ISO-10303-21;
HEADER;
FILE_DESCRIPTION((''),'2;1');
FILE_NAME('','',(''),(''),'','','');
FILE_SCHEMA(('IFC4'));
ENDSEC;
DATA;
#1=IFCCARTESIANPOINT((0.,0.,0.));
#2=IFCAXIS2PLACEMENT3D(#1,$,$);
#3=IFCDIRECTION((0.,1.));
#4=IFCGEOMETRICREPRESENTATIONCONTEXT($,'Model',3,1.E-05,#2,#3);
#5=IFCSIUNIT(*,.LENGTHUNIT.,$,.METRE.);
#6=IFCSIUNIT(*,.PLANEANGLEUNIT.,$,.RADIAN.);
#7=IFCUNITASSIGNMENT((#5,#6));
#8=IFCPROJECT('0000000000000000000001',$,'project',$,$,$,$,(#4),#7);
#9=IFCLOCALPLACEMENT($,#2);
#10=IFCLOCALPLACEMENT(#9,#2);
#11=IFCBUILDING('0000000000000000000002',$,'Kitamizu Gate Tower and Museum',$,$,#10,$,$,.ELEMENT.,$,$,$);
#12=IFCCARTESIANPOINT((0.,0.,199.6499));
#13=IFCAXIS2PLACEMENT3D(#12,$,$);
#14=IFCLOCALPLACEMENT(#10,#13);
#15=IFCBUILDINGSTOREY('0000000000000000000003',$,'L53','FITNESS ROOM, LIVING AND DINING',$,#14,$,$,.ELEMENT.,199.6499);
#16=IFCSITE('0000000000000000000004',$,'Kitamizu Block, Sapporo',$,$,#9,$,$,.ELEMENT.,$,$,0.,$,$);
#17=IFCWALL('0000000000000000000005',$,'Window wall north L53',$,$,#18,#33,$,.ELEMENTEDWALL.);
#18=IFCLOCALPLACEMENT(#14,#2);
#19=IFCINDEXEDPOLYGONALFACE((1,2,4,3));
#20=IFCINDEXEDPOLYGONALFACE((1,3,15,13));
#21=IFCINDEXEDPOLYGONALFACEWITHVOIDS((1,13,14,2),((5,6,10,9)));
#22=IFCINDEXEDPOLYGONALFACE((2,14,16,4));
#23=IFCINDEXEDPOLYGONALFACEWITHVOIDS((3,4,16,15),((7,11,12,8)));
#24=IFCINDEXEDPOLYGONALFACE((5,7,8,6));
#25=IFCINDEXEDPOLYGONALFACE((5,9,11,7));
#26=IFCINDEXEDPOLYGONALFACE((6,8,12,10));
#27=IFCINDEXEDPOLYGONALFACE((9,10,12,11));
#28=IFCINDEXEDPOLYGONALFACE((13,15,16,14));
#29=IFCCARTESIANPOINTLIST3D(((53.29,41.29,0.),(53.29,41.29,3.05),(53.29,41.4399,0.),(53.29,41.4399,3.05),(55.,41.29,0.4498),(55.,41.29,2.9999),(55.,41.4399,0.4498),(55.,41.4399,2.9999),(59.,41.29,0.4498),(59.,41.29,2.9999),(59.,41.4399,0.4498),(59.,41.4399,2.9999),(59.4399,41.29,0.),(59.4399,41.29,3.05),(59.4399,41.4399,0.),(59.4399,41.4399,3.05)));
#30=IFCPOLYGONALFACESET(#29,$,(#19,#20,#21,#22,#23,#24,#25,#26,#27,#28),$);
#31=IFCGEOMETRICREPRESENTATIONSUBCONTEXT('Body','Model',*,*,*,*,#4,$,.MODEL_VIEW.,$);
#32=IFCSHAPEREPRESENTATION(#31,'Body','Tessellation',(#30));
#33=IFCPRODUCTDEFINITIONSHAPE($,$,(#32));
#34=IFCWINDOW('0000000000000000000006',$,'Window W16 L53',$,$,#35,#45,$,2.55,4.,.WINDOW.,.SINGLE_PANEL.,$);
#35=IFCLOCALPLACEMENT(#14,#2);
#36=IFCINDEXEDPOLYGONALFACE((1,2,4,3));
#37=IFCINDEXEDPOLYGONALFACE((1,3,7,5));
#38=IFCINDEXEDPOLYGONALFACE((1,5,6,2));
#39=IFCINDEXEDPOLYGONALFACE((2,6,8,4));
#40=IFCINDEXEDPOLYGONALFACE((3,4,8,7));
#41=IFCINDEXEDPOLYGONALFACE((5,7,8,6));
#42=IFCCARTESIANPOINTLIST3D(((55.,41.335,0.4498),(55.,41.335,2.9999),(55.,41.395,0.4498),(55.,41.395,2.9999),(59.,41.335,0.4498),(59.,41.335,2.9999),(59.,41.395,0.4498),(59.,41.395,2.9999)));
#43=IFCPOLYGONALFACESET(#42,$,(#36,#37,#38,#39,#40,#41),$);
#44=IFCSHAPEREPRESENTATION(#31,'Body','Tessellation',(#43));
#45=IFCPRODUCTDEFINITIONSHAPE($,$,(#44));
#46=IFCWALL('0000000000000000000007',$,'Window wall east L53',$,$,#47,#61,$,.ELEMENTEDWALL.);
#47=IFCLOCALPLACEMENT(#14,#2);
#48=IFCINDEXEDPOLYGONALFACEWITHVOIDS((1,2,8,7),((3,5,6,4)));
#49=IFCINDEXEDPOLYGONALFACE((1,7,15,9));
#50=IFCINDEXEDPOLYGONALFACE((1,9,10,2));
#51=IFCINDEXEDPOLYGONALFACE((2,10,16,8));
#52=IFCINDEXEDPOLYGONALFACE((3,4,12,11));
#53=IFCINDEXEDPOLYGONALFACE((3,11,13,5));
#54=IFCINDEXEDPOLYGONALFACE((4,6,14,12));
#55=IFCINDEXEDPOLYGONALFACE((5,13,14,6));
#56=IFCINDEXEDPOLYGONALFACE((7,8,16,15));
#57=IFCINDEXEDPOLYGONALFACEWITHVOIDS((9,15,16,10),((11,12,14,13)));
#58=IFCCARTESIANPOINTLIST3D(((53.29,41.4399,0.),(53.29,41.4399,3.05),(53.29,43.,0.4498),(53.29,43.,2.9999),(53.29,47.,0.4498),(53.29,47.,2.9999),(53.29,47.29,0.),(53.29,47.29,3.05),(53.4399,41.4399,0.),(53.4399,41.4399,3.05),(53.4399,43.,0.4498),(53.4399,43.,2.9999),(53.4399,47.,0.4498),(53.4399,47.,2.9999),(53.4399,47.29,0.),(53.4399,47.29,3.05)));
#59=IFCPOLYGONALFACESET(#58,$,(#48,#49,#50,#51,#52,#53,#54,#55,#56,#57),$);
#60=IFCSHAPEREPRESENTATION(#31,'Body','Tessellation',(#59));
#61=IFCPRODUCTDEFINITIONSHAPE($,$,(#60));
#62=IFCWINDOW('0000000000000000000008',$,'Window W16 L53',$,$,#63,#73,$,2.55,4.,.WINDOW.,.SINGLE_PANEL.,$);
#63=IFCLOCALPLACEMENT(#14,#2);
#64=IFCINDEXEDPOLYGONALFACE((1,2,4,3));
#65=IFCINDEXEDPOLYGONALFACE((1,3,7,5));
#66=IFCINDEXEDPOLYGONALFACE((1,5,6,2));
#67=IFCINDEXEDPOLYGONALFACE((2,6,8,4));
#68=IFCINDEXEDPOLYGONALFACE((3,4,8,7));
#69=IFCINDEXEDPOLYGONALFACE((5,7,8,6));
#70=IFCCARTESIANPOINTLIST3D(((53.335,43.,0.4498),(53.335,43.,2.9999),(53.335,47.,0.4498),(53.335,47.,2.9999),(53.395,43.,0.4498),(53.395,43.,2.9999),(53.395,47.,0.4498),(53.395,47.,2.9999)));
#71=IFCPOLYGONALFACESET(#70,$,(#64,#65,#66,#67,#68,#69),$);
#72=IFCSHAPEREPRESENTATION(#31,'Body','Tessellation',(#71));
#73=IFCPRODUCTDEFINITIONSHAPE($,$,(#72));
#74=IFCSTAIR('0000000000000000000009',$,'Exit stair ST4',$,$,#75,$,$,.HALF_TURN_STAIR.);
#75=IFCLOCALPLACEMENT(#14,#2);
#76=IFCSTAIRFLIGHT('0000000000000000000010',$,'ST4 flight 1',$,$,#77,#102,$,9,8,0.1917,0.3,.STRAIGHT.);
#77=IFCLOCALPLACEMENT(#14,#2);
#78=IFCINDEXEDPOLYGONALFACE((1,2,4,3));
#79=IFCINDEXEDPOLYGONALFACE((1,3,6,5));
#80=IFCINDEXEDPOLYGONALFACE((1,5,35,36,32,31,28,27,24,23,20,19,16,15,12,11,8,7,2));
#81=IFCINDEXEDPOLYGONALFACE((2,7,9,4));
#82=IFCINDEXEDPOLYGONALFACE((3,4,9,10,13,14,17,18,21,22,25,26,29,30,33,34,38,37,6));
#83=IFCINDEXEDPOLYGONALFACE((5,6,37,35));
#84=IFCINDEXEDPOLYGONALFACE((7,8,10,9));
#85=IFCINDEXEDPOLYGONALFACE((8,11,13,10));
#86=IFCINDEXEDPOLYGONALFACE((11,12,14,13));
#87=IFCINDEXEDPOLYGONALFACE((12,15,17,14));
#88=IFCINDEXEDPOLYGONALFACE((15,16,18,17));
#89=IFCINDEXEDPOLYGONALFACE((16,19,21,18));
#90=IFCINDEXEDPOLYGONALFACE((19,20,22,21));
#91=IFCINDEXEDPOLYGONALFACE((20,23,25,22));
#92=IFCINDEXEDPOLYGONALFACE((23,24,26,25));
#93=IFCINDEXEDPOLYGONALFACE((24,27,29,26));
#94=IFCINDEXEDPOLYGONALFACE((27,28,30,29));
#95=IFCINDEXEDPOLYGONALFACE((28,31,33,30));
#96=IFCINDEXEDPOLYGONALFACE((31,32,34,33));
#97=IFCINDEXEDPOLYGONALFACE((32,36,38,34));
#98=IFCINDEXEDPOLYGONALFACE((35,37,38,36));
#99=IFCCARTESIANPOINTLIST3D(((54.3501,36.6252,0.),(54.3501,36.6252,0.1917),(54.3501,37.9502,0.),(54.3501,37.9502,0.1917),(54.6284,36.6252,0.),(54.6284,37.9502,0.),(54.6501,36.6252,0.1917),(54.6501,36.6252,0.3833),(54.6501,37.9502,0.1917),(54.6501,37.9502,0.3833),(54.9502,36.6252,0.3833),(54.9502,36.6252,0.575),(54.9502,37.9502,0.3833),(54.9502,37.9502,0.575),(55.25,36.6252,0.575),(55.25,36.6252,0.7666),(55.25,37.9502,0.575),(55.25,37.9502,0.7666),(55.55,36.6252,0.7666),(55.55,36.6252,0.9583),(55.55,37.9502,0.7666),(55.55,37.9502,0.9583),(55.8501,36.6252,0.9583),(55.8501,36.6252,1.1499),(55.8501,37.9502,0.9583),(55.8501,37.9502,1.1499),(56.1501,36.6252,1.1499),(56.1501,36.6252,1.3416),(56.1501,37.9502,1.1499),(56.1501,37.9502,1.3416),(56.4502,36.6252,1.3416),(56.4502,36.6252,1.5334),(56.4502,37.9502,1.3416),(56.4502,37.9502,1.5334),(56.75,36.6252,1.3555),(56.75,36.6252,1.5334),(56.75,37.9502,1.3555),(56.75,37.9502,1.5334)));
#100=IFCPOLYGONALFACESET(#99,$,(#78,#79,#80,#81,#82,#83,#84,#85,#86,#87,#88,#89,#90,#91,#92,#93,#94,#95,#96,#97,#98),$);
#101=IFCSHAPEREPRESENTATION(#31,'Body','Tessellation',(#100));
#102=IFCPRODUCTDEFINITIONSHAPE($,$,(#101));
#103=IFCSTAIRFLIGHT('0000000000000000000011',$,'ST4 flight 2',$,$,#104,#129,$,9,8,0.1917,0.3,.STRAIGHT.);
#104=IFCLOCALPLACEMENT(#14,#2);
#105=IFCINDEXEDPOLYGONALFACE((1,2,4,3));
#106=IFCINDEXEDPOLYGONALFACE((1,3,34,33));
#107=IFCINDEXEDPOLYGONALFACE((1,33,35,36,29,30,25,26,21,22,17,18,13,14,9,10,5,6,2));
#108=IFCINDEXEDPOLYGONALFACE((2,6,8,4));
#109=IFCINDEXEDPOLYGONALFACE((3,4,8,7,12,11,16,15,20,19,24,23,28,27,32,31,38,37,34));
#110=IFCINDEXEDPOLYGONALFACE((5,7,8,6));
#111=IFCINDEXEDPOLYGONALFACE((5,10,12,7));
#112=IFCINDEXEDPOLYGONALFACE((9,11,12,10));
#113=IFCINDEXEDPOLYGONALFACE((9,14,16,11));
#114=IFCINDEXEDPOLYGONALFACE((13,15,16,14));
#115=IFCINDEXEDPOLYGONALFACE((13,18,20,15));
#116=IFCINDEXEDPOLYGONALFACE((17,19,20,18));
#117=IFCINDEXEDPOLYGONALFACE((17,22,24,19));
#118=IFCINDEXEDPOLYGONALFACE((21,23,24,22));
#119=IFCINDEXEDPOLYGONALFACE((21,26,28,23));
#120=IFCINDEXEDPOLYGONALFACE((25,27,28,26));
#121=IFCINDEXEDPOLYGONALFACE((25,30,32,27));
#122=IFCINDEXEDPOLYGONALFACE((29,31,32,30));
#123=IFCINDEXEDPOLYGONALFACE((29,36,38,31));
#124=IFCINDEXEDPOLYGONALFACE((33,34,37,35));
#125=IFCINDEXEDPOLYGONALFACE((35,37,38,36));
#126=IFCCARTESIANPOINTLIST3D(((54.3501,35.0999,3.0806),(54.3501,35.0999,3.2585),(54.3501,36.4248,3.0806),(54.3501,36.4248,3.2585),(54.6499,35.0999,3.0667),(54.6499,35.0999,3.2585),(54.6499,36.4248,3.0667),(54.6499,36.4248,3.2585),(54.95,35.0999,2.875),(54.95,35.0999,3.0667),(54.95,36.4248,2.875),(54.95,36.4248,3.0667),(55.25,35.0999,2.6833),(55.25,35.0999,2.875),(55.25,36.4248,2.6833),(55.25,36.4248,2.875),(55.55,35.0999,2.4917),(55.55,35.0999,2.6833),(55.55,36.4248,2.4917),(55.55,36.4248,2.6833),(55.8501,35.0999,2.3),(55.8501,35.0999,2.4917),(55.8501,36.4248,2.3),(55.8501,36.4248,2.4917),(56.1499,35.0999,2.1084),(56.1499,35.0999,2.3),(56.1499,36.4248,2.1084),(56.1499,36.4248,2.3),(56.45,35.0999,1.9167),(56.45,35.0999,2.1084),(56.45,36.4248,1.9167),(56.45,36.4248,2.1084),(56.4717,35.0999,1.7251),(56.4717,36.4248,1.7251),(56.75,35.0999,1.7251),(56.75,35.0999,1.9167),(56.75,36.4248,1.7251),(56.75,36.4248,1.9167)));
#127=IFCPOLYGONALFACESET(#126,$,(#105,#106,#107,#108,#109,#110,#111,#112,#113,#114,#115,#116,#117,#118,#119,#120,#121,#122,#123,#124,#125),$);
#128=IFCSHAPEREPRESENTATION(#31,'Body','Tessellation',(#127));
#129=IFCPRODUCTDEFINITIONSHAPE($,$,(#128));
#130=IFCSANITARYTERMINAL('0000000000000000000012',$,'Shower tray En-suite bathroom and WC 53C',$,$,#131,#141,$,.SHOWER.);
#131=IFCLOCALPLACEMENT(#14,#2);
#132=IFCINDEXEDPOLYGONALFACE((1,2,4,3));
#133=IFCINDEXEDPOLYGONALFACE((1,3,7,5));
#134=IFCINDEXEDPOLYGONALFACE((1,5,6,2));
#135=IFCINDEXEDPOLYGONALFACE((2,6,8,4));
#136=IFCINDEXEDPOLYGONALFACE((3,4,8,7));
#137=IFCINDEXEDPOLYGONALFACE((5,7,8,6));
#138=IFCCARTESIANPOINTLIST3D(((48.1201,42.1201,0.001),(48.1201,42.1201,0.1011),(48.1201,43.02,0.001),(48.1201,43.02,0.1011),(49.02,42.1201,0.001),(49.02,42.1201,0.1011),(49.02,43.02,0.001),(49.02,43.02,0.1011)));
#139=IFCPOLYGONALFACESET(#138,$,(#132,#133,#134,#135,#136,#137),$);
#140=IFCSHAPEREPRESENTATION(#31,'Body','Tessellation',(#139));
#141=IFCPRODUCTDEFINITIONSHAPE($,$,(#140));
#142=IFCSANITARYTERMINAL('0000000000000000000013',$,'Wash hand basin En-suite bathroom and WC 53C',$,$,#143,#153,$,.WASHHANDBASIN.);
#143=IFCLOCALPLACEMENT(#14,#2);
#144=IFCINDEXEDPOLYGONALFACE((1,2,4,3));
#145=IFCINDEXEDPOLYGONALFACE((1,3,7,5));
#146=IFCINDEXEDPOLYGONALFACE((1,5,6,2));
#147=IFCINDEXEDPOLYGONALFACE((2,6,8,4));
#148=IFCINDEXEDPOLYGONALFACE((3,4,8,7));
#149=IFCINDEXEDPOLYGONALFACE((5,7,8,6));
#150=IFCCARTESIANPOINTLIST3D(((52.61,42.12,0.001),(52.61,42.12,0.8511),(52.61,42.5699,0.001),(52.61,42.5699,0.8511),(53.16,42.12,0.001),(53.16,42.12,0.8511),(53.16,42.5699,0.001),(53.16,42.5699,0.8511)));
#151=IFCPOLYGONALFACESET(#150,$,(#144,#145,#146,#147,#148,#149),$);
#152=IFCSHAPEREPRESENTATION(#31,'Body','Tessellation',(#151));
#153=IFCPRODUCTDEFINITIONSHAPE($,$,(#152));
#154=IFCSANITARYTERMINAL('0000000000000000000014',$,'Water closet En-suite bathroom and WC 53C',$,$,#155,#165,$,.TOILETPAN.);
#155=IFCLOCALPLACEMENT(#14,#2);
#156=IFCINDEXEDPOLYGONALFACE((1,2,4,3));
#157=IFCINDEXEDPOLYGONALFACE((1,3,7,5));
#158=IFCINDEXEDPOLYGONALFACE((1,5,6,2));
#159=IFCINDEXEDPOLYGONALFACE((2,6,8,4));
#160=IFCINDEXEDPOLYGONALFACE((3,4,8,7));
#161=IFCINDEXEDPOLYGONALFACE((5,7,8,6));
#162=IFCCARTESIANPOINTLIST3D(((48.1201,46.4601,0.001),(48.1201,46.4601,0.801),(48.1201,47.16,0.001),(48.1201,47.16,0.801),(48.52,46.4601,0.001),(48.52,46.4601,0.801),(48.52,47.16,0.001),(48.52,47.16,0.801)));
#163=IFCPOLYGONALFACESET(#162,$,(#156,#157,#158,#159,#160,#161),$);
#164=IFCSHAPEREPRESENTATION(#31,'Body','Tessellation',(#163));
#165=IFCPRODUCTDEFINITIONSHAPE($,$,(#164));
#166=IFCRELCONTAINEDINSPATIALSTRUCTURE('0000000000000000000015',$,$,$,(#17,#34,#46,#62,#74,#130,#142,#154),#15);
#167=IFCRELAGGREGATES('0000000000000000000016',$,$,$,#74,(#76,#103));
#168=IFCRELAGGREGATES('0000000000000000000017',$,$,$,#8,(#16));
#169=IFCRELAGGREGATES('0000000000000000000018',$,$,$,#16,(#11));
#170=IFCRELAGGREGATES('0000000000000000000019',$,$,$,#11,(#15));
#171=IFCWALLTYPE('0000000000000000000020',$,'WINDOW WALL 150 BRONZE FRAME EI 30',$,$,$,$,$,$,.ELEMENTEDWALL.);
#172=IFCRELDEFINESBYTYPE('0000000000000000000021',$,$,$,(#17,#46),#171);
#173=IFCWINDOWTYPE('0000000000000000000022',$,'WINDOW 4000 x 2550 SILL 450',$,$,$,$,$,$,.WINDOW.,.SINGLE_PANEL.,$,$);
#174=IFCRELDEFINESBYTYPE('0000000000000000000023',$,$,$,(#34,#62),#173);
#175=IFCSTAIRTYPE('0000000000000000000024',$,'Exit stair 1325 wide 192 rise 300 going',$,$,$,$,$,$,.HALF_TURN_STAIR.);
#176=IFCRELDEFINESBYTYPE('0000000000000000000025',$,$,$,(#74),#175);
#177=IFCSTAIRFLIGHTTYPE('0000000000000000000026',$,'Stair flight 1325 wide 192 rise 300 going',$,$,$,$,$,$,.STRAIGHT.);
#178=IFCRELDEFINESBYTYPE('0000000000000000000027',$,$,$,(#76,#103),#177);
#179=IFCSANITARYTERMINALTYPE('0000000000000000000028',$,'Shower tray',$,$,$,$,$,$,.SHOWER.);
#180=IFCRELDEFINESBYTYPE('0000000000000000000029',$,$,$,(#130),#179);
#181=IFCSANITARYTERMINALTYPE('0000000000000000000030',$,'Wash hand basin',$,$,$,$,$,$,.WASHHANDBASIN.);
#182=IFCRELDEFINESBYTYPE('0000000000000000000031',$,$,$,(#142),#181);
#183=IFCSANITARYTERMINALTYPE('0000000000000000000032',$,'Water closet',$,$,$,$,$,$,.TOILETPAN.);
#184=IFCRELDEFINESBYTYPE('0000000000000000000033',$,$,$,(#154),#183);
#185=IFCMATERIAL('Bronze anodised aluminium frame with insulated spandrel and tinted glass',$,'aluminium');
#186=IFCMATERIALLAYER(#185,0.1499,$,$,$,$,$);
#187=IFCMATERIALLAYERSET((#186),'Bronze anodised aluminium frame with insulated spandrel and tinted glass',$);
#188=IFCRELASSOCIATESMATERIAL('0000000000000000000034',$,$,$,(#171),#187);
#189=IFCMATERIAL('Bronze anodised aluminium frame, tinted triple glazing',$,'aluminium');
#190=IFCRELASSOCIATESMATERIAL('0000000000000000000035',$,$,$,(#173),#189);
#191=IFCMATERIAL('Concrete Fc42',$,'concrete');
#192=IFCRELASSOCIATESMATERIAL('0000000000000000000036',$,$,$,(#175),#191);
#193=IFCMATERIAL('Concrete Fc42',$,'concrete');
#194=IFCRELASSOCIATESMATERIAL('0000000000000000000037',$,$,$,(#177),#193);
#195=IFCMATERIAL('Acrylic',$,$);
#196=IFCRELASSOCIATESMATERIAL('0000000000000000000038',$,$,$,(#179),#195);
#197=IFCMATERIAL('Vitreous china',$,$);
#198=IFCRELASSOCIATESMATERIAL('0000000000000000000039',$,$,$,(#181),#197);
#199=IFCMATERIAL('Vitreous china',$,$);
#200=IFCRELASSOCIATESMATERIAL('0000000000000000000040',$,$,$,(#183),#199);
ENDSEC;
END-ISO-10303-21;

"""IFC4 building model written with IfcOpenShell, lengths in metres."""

from ifc_helpers import new_model, si_unit, direction, frame, frame_2d, origin, origin_2d, place, context, subcontext, project, spatial, polyline, rectangle, outline, extrude, material, layer, layer_set, type_object, element, fill, aggregate, save


model = new_model("IFC4")

# Units and contexts
model_context = context("Model", 3, precision=1e-05, world=origin(), true_north=direction((0.0, 1.0)))
body_context = subcontext(model_context, "Body", "Model", "MODEL_VIEW")
ifc_project = project(units=[si_unit("LENGTHUNIT", "METRE"), si_unit("PLANEANGLEUNIT", "RADIAN")], contexts=[model_context])

# Site, building, storey
site_placement = place(None, origin())
site = spatial("IfcSite", under=ifc_project, at=site_placement, Name="Kitamizu Block, Sapporo", CompositionType="ELEMENT", RefElevation=0.0)
building_placement = place(site_placement, origin())
building = spatial("IfcBuilding", under=site, at=building_placement, Name="Kitamizu Gate Tower and Museum", CompositionType="ELEMENT")
storey_placement = place(building_placement, frame((0.0, 0.0, 199.6499)))
storey = spatial("IfcBuildingStorey", under=building, at=storey_placement, Name="L53", Description="FITNESS ROOM, LIVING AND DINING", CompositionType="ELEMENT", Elevation=199.6499)

# Shared definitions
ifc_material_1 = material(Name="Bronze anodised aluminium frame with insulated spandrel and tinted glass", Category="aluminium")
ifc_layer_1 = layer(ifc_material_1, 0.1499)
ifc_layer_set_1 = layer_set([ifc_layer_1], Name="Bronze anodised aluminium frame with insulated spandrel and tinted glass")
wall_type_1 = type_object("IfcWallType", Name="WINDOW WALL 150 BRONZE FRAME EI 30", PredefinedType="ELEMENTEDWALL", material=ifc_layer_set_1)

# Walls, openings, windows
wall_1_placement = place(storey_placement, frame((53.29, 41.365, 0.0), z_axis=(0.0, 0.0, 1.0), x_axis=(1.0, 0.0, 0.0)))
wall_1 = element("IfcWall", 1, at=wall_1_placement, inside=storey, type_object=wall_type_1, Name="Window wall north L53", PredefinedType="ELEMENTEDWALL", context=body_context, shape_type="SweptSolid", body=[
    extrude(rectangle(XDim=6.1499, YDim=0.1499, at=frame_2d((3.075, 0.0))), origin(), (0.0, 0.0, 1.0), 3.05),
])
opening_1_placement = place(wall_1_placement, frame((1.71, 0.0, 0.45)))
opening_1 = element("IfcOpeningElement", 2, at=opening_1_placement, cuts=wall_1, PredefinedType="OPENING", context=body_context, shape_type="SweptSolid", body=[
    extrude(rectangle(XDim=4.0, YDim=2.55, at=frame_2d((2.0, 1.2749))), frame((0.0, 0.085, 0.0), z_axis=(0.0, -1.0, 0.0), x_axis=(1.0, 0.0, 0.0)), (0.0, 0.0, 1.0), 0.1699),
])
ifc_material_2 = material(Name="Bronze anodised aluminium frame, tinted triple glazing", Category="aluminium")
window_type = type_object("IfcWindowType", Name="WINDOW 4000 x 2550 SILL 450", PartitioningType="SINGLE_PANEL", PredefinedType="WINDOW", material=ifc_material_2)
window_1_placement = place(opening_1_placement, origin())
window_1 = element("IfcWindow", 3, at=window_1_placement, inside=storey, type_object=window_type, Name="Window W16 L53", OverallHeight=2.55, OverallWidth=4.0, PartitioningType="SINGLE_PANEL", PredefinedType="WINDOW", context=body_context, shape_type="SweptSolid", body=[
    extrude(rectangle(XDim=4.0, YDim=2.55, at=frame_2d((2.0, 1.2749))), frame((0.0, 0.03, 0.0), z_axis=(0.0, -1.0, 0.0), x_axis=(1.0, 0.0, 0.0)), (0.0, 0.0, 1.0), 0.0601),
])
fill(opening_1, window_1)
wall_2_placement = place(storey_placement, frame((53.365, 41.4399, 0.0), z_axis=(0.0, 0.0, 1.0), x_axis=(0.0, 1.0, 0.0)))
wall_2 = element("IfcWall", 4, at=wall_2_placement, inside=storey, type_object=wall_type_1, Name="Window wall east L53", PredefinedType="ELEMENTEDWALL", context=body_context, shape_type="SweptSolid", body=[
    extrude(rectangle(XDim=5.8501, YDim=0.1499, at=frame_2d((2.925, 0.0))), origin(), (0.0, 0.0, 1.0), 3.05),
])
opening_2_placement = place(wall_2_placement, frame((1.5601, 0.0, 0.45)))
opening_2 = element("IfcOpeningElement", 5, at=opening_2_placement, cuts=wall_2, PredefinedType="OPENING", context=body_context, shape_type="SweptSolid", body=[
    extrude(rectangle(XDim=4.0, YDim=2.55, at=frame_2d((2.0, 1.2749))), frame((0.0, 0.085, 0.0), z_axis=(0.0, -1.0, 0.0), x_axis=(1.0, 0.0, 0.0)), (0.0, 0.0, 1.0), 0.1699),
])
window_2_placement = place(opening_2_placement, origin())
window_2 = element("IfcWindow", 6, at=window_2_placement, inside=storey, type_object=window_type, Name="Window W16 L53", OverallHeight=2.55, OverallWidth=4.0, PartitioningType="SINGLE_PANEL", PredefinedType="WINDOW", context=body_context, shape_type="SweptSolid", body=[
    extrude(rectangle(XDim=4.0, YDim=2.55, at=frame_2d((2.0, 1.2749))), frame((0.0, 0.03, 0.0), z_axis=(0.0, -1.0, 0.0), x_axis=(1.0, 0.0, 0.0)), (0.0, 0.0, 1.0), 0.0601),
])
fill(opening_2, window_2)

# Stair, stair flights
ifc_material_3 = material(Name="Concrete Fc42", Category="concrete")
stair_type = type_object("IfcStairType", Name="Exit stair 1325 wide 192 rise 300 going", PredefinedType="HALF_TURN_STAIR", material=ifc_material_3)
stair_placement = place(storey_placement, origin())
stair = element("IfcStair", 7, at=stair_placement, inside=storey, type_object=stair_type, Name="Exit stair ST4", PredefinedType="HALF_TURN_STAIR")
ifc_material_4 = material(Name="Concrete Fc42", Category="concrete")
stair_flight_type = type_object("IfcStairFlightType", Name="Stair flight 1325 wide 192 rise 300 going", PredefinedType="STRAIGHT", material=ifc_material_4)
stair_flight_1_placement = place(storey_placement, frame((54.3501, 37.2876, 0.0), z_axis=(0.0, 0.0, 1.0), x_axis=(1.0, 0.0, 0.0)))
stair_flight_1 = element("IfcStairFlight", 8, at=stair_flight_1_placement, type_object=stair_flight_type, Name="ST4 flight 1", NumberOfRisers=9, NumberOfTreads=8, PredefinedType="STRAIGHT", RiserHeight=0.1917, TreadLength=0.3, context=body_context, shape_type="SweptSolid", body=[
    extrude(outline(polyline([(0.0, 0.0), (0.0, 0.1917), (0.3, 0.1917), (0.3, 0.3833), (0.6001, 0.3833), (0.6001, 0.575), (0.8999, 0.575), (0.8999, 0.7666), (1.2, 0.7666), (1.2, 0.9583), (1.5, 0.9583), (1.5, 1.1499), (1.8, 1.1499), (1.8, 1.3416), (2.1001, 1.3416), (2.1001, 1.5334), (2.3999, 1.5334), (2.3999, 1.7251), (2.3999, 1.3555), (0.2783, 0.0), (0.0, 0.0)])), frame((0.0, 0.6626, 0.0), z_axis=(0.0, -1.0, 0.0), x_axis=(1.0, 0.0, 0.0)), (0.0, 0.0, 1.0), 1.325),
])
stair_flight_2_placement = place(storey_placement, frame((56.75, 35.7625, 1.7251), z_axis=(0.0, 0.0, 1.0), x_axis=(-1.0, 0.0, 0.0)))
stair_flight_2 = element("IfcStairFlight", 9, at=stair_flight_2_placement, type_object=stair_flight_type, Name="ST4 flight 2", NumberOfRisers=9, NumberOfTreads=8, PredefinedType="STRAIGHT", RiserHeight=0.1917, TreadLength=0.3, context=body_context, shape_type="SweptSolid", body=[
    extrude(outline(polyline([(0.0, 0.0), (0.0, 0.1917), (0.3, 0.1917), (0.3, 0.3833), (0.6001, 0.3833), (0.6001, 0.575), (0.8999, 0.575), (0.8999, 0.7666), (1.2, 0.7666), (1.2, 0.9583), (1.5, 0.9583), (1.5, 1.1499), (1.8, 1.1499), (1.8, 1.3416), (2.1001, 1.3416), (2.1001, 1.5334), (2.3999, 1.5334), (2.3999, 1.7251), (2.3999, 1.3555), (0.2783, 0.0), (0.0, 0.0)])), frame((0.0, 0.6626, 0.0), z_axis=(0.0, -1.0, 0.0), x_axis=(1.0, 0.0, 0.0)), (0.0, 0.0, 1.0), 1.325),
])
aggregate(stair, [stair_flight_1, stair_flight_2])

# Sanitary terminals
ifc_material_5 = material(Name="Acrylic")
sanitary_terminal_type_1 = type_object("IfcSanitaryTerminalType", Name="Shower tray", PredefinedType="SHOWER", material=ifc_material_5)
sanitary_terminal_1_placement = place(storey_placement, frame((48.5701, 42.5701, 0.001), z_axis=(0.0, 0.0, 1.0), x_axis=(1.0, 0.0, 0.0)))
element("IfcSanitaryTerminal", 10, at=sanitary_terminal_1_placement, inside=storey, type_object=sanitary_terminal_type_1, Name="Shower tray En-suite bathroom and WC 53C", PredefinedType="SHOWER", context=body_context, shape_type="SweptSolid", body=[
    extrude(rectangle(XDim=0.8999, YDim=0.8999, at=origin_2d()), origin(), (0.0, 0.0, 1.0), 0.1001),
])
ifc_material_6 = material(Name="Vitreous china")
sanitary_terminal_type_2 = type_object("IfcSanitaryTerminalType", Name="Wash hand basin", PredefinedType="WASHHANDBASIN", material=ifc_material_6)
sanitary_terminal_2_placement = place(storey_placement, frame((52.885, 42.345, 0.001), z_axis=(0.0, 0.0, 1.0), x_axis=(1.0, 0.0, 0.0)))
element("IfcSanitaryTerminal", 11, at=sanitary_terminal_2_placement, inside=storey, type_object=sanitary_terminal_type_2, Name="Wash hand basin En-suite bathroom and WC 53C", PredefinedType="WASHHANDBASIN", context=body_context, shape_type="SweptSolid", body=[
    extrude(rectangle(XDim=0.55, YDim=0.45, at=origin_2d()), origin(), (0.0, 0.0, 1.0), 0.8501),
])
ifc_material_7 = material(Name="Vitreous china")
sanitary_terminal_type_3 = type_object("IfcSanitaryTerminalType", Name="Water closet", PredefinedType="TOILETPAN", material=ifc_material_7)
sanitary_terminal_3_placement = place(storey_placement, frame((48.3201, 46.8101, 0.001), z_axis=(0.0, 0.0, 1.0), x_axis=(1.0, 0.0, 0.0)))
element("IfcSanitaryTerminal", 12, at=sanitary_terminal_3_placement, inside=storey, type_object=sanitary_terminal_type_3, Name="Water closet En-suite bathroom and WC 53C", PredefinedType="TOILETPAN", context=body_context, shape_type="SweptSolid", body=[
    extrude(rectangle(XDim=0.3999, YDim=0.7, at=origin_2d()), origin(), (0.0, 0.0, 1.0), 0.8),
])

save(model, "model.ifc")
